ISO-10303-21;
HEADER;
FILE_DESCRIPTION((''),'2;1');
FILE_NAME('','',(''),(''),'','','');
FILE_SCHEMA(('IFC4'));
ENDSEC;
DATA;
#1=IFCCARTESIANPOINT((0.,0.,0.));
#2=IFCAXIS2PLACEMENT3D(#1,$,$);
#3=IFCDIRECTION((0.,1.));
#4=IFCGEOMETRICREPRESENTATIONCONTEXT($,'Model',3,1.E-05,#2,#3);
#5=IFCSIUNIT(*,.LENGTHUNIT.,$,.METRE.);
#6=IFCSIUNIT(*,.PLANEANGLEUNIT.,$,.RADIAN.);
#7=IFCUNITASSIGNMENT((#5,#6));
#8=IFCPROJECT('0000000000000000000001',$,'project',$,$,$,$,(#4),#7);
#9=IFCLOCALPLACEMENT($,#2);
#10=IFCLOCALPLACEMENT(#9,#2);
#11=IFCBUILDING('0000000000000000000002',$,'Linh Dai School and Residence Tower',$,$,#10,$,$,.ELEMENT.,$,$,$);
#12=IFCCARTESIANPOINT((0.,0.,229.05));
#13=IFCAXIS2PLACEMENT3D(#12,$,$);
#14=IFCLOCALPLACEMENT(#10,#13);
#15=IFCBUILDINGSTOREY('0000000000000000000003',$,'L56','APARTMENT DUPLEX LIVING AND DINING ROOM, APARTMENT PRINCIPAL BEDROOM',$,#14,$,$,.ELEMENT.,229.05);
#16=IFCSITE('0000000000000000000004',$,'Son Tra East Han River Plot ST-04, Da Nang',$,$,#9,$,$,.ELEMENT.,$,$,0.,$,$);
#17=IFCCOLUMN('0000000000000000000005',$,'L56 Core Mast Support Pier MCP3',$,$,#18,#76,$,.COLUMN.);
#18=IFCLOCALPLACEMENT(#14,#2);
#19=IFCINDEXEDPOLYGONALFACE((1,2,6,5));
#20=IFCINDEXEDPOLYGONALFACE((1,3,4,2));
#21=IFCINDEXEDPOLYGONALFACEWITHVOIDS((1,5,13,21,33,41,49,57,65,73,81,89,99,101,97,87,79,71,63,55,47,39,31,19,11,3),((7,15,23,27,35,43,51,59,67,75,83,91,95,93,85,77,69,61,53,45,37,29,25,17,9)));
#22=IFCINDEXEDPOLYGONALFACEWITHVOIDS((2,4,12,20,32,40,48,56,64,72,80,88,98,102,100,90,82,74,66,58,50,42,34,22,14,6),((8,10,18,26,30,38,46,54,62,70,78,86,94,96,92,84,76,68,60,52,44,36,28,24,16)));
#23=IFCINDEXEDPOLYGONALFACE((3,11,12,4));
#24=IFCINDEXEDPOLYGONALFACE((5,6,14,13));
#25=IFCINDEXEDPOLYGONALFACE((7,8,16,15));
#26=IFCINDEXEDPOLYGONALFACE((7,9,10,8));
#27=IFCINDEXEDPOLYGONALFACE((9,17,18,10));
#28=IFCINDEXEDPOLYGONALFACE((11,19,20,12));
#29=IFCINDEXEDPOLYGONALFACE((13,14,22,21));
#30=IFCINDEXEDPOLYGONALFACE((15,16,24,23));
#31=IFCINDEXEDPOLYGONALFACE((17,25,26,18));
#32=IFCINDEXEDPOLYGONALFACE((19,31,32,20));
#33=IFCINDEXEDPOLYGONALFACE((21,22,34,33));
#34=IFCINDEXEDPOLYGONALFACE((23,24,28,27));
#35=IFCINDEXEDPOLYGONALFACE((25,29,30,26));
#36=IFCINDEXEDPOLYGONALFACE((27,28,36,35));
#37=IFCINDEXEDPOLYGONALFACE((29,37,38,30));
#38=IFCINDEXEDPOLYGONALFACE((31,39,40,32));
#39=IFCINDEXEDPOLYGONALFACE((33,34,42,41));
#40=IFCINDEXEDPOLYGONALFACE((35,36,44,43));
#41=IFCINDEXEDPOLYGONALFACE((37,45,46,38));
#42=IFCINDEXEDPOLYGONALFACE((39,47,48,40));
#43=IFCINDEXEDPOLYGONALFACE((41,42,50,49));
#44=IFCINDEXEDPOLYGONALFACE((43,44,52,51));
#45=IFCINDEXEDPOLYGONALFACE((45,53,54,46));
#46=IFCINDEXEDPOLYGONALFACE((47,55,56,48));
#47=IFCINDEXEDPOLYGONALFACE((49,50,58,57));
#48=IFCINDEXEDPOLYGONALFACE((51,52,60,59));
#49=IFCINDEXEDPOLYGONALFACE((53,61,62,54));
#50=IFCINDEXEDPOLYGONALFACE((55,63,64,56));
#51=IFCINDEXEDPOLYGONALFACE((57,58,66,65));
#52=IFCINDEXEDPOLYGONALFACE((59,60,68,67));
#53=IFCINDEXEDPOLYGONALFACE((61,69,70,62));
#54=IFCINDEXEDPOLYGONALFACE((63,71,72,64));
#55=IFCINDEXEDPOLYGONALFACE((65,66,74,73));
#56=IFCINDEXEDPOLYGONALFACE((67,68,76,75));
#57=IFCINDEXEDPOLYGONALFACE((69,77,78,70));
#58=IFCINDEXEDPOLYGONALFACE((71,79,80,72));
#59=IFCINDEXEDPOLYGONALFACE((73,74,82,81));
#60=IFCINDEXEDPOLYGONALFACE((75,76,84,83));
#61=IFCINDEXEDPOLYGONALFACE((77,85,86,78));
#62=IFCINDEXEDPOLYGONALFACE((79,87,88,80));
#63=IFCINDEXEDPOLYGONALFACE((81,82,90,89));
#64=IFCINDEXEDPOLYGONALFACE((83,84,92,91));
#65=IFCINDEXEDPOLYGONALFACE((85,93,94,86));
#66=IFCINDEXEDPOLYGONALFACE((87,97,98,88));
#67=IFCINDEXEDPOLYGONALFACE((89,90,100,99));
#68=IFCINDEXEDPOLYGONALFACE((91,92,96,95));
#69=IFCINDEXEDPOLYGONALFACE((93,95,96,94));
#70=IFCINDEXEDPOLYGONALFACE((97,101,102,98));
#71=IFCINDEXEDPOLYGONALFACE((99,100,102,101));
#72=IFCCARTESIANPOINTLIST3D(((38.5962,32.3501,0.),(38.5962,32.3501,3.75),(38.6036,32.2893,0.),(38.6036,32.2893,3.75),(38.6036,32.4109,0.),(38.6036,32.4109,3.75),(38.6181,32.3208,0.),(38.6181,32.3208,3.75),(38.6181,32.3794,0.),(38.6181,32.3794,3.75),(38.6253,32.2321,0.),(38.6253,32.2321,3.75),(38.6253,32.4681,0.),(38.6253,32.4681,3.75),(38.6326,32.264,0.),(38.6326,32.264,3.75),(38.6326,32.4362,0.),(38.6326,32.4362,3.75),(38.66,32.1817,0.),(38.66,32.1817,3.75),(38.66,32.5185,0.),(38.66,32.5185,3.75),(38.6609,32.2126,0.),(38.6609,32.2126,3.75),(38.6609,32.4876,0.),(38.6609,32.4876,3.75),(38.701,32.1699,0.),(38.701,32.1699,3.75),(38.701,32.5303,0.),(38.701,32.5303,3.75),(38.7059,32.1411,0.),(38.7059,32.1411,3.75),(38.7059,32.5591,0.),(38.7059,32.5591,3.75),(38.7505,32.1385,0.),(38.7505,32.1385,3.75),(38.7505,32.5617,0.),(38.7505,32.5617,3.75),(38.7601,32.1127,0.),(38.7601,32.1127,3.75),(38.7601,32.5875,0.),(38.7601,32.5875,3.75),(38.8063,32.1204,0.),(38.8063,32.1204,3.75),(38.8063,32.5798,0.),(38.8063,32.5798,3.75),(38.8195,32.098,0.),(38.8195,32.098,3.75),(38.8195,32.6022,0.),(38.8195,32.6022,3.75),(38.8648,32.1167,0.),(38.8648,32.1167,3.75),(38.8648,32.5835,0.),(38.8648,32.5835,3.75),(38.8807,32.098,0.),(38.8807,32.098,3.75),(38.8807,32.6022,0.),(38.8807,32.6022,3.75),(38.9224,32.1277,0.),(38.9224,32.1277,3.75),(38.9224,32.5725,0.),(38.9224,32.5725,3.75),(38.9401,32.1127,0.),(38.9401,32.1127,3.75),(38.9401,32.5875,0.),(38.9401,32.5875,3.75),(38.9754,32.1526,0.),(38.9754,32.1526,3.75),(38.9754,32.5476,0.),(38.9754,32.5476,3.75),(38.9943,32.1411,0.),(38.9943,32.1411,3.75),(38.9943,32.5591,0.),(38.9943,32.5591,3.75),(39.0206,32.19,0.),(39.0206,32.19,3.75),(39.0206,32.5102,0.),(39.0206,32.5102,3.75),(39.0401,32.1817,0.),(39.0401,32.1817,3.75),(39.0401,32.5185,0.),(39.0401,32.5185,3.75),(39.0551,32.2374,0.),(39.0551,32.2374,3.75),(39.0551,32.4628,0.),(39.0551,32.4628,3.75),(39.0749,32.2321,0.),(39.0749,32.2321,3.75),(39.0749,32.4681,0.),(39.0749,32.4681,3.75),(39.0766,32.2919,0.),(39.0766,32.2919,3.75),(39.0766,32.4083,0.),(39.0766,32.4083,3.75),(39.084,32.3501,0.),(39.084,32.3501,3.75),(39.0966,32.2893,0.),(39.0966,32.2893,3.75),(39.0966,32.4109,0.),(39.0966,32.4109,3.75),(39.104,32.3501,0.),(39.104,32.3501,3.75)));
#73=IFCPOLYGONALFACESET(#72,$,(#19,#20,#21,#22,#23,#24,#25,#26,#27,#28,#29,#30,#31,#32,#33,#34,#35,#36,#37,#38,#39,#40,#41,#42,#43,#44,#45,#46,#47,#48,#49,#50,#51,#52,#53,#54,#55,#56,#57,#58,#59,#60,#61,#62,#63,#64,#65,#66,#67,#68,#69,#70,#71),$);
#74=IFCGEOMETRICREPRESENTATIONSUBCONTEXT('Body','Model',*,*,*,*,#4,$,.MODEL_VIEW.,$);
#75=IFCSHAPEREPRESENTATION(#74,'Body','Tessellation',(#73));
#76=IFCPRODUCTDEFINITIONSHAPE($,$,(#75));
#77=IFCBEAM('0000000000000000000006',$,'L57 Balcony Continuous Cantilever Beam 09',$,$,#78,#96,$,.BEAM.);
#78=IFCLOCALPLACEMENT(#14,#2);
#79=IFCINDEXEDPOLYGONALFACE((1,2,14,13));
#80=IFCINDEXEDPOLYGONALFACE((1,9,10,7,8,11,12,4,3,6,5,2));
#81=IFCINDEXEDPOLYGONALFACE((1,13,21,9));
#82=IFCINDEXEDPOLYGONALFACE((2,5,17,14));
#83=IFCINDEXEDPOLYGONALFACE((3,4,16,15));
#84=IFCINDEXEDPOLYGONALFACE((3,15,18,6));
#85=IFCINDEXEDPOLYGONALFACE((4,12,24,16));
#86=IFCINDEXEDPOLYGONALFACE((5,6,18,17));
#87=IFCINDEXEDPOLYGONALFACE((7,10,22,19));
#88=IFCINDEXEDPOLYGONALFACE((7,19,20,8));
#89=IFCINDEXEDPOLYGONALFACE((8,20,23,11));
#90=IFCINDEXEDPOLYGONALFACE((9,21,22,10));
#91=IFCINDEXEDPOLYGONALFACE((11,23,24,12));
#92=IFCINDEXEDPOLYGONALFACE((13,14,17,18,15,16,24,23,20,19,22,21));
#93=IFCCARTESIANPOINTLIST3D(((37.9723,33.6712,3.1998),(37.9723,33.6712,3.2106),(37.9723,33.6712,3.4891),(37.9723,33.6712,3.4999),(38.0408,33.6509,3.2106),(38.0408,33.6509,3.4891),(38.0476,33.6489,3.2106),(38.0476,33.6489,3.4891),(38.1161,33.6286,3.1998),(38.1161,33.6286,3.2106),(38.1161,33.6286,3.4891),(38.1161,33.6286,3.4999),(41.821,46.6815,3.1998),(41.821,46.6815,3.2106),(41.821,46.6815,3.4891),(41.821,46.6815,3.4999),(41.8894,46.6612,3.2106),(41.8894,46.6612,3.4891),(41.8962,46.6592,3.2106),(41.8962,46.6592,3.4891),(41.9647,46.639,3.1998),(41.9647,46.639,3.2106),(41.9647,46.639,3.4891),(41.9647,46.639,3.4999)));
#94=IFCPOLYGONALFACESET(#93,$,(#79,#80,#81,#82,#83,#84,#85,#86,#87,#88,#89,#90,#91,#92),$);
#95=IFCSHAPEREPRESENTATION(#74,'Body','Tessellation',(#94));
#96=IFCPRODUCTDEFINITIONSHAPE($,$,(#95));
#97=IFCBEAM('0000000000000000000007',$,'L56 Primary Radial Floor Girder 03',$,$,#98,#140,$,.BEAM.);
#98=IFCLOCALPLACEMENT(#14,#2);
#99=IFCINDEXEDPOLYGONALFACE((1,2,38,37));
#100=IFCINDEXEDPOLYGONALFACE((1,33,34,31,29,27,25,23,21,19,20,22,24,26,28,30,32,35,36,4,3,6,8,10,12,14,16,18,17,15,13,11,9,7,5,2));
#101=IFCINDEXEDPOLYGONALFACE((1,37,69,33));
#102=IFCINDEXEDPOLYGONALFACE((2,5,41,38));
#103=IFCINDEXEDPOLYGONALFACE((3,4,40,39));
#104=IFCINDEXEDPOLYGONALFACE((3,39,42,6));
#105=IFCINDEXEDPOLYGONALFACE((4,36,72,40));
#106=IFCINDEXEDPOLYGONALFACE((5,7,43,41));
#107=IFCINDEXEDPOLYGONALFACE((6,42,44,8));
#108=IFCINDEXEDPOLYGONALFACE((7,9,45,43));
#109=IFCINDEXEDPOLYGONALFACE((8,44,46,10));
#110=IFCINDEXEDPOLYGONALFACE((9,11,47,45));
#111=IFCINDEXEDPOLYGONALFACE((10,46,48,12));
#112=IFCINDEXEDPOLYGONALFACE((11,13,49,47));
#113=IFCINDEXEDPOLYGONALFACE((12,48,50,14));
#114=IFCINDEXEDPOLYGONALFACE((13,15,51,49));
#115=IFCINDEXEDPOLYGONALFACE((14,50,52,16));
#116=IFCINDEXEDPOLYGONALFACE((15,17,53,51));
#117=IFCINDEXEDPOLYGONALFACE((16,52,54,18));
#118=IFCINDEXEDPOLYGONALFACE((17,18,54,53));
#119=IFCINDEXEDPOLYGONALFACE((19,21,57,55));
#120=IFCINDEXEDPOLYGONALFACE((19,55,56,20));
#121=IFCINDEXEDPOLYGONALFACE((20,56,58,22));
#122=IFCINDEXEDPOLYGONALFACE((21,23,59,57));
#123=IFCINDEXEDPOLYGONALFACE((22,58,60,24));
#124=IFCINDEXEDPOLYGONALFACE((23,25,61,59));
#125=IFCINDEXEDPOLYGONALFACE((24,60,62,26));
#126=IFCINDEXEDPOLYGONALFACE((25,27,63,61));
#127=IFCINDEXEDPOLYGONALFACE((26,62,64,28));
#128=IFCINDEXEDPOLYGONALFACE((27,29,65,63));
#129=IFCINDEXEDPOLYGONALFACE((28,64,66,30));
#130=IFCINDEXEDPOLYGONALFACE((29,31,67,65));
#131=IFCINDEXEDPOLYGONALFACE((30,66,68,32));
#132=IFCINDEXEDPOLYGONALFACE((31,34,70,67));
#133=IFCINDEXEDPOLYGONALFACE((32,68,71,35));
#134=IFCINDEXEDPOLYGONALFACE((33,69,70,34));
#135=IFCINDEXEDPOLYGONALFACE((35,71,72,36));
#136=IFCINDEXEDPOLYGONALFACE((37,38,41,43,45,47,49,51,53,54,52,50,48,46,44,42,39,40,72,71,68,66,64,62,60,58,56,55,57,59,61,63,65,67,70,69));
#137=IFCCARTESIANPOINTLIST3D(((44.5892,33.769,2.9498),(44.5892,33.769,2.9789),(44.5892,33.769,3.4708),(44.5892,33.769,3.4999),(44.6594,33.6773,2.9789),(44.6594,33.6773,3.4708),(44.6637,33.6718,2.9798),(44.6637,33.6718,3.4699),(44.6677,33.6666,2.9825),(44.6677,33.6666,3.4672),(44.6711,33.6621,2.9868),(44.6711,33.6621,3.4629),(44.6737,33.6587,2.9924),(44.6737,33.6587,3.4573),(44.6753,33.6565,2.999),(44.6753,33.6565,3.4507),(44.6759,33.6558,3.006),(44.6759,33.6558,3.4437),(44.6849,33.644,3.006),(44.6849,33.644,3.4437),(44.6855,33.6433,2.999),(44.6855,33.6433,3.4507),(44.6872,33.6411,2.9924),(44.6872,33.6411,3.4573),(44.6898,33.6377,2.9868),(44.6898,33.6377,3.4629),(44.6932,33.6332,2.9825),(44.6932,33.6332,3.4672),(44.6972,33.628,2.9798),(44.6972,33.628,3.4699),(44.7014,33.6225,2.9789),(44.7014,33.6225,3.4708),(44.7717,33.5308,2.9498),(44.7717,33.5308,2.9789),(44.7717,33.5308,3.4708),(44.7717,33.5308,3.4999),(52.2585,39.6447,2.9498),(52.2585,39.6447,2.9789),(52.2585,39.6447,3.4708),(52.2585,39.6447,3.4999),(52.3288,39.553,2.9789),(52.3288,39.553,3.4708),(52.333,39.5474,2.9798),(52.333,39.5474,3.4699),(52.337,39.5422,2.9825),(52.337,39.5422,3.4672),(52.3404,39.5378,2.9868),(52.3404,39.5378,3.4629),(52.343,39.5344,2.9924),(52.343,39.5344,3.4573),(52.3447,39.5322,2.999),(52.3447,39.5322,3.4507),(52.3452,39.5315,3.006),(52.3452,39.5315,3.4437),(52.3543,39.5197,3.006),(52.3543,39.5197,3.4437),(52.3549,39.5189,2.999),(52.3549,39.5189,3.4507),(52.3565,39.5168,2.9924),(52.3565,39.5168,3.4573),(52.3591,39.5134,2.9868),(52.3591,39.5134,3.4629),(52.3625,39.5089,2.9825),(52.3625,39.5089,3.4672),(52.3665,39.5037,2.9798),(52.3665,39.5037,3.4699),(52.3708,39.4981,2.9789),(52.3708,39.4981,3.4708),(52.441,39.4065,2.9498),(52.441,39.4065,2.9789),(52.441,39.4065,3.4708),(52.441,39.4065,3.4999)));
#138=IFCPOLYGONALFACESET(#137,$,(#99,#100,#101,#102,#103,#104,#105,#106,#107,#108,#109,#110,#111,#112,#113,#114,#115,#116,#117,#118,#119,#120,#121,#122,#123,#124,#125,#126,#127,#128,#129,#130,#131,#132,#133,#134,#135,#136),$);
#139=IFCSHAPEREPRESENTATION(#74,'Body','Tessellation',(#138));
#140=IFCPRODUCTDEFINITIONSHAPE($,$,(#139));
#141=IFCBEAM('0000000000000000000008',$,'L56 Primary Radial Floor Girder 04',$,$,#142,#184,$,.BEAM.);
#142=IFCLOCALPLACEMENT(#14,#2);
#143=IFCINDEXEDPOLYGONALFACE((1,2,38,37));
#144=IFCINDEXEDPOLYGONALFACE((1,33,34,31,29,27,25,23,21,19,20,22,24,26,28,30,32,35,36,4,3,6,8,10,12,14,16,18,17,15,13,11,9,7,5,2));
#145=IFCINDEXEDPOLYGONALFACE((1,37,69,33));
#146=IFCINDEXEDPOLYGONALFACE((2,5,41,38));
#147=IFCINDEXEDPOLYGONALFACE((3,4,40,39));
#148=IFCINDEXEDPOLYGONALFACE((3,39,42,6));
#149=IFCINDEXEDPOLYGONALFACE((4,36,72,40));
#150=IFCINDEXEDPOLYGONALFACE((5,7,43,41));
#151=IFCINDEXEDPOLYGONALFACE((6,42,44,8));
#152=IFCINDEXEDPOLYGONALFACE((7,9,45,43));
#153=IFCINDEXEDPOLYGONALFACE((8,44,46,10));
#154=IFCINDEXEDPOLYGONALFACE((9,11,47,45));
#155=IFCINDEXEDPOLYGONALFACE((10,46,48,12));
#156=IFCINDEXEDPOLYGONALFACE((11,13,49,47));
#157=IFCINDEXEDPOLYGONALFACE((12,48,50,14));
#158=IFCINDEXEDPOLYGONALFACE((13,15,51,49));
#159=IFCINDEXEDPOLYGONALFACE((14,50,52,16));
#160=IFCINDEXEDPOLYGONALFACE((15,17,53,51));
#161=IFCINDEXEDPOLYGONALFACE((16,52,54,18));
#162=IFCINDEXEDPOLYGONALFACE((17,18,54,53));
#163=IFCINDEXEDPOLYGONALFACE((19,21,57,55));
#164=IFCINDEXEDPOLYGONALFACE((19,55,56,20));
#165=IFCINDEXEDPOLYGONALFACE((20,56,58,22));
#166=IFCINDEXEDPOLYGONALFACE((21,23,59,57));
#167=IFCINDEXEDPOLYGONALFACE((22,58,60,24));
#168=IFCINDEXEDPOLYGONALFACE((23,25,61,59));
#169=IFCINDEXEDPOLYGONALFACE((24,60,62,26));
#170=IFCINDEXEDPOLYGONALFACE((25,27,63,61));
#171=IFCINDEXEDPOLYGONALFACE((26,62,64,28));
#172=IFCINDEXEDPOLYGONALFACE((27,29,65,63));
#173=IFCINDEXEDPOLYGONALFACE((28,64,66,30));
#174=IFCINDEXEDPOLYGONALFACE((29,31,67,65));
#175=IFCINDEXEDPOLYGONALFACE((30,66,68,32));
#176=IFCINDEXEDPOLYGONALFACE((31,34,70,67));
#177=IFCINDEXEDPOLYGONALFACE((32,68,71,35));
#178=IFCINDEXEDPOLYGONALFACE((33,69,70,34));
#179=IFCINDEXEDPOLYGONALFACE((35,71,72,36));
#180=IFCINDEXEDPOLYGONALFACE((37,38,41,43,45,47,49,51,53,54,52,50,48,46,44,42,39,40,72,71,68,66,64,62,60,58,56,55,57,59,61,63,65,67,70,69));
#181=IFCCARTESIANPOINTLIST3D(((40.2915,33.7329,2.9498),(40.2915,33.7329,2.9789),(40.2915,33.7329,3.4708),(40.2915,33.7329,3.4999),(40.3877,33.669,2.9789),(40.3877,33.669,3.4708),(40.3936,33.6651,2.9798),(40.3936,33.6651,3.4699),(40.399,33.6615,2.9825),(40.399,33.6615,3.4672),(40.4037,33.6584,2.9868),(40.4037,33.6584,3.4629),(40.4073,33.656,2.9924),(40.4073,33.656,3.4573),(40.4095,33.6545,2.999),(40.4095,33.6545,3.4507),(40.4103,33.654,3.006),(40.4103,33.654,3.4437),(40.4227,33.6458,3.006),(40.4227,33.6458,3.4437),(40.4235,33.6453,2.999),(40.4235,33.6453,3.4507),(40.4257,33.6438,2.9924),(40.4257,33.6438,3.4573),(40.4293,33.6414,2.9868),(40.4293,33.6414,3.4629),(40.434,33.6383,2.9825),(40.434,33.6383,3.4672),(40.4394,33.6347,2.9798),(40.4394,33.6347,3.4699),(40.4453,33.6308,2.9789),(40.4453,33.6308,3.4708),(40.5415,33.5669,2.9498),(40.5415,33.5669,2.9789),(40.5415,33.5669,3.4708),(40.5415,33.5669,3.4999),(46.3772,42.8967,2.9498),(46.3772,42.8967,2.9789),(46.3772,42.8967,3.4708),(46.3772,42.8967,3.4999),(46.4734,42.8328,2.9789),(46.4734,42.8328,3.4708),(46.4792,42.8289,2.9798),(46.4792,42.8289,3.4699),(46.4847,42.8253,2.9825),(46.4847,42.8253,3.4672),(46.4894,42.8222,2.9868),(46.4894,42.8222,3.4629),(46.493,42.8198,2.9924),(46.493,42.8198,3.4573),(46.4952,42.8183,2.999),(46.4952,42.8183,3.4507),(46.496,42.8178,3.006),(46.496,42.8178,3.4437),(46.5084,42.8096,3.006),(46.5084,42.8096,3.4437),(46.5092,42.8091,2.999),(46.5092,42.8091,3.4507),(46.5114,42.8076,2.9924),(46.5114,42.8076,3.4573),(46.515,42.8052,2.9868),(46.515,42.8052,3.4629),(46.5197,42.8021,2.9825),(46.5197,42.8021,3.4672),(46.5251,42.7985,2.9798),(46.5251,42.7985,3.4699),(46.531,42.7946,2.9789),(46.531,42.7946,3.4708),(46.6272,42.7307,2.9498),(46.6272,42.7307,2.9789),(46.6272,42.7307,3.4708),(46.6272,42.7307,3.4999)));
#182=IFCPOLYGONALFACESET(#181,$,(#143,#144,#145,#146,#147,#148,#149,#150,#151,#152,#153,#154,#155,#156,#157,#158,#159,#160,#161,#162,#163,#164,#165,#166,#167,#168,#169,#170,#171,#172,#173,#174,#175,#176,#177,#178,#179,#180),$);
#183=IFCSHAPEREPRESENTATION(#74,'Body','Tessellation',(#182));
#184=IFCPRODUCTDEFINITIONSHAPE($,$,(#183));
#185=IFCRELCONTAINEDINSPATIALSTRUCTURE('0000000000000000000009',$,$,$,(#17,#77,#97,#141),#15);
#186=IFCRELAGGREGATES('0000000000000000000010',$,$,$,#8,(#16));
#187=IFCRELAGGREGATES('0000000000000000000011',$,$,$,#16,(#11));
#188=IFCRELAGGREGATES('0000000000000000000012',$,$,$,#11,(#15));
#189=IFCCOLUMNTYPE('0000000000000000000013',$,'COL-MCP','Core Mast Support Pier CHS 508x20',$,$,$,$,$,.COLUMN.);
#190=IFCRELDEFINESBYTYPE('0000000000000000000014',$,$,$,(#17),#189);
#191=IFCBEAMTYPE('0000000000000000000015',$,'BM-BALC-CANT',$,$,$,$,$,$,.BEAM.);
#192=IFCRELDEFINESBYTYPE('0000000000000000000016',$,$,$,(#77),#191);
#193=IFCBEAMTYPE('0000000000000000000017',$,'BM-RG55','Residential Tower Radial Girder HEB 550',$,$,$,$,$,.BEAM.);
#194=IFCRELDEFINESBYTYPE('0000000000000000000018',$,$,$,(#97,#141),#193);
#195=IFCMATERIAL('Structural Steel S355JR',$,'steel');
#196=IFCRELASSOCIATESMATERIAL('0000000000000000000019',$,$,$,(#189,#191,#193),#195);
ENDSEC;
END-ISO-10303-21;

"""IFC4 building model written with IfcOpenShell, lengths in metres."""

from ifc_helpers import new_model, si_unit, direction, frame, origin, origin_2d, place, context, subcontext, project, spatial, hollow_circle, i_section, extrude, material, material_profile, profile_set, type_object, element, save


model = new_model("IFC4")

# Units and contexts
model_context = context("Model", 3, precision=1e-05, world=origin(), true_north=direction((0.0, 1.0)))
body_context = subcontext(model_context, "Body", "Model", "MODEL_VIEW")
ifc_project = project(units=[si_unit("LENGTHUNIT", "METRE"), si_unit("PLANEANGLEUNIT", "RADIAN")], contexts=[model_context])

# Site, building, storey
site_placement = place(None, origin())
site = spatial("IfcSite", under=ifc_project, at=site_placement, Name="Son Tra East Han River Plot ST-04, Da Nang", CompositionType="ELEMENT", RefElevation=0.0)
building_placement = place(site_placement, origin())
building = spatial("IfcBuilding", under=site, at=building_placement, Name="Linh Dai School and Residence Tower", CompositionType="ELEMENT")
storey_placement = place(building_placement, frame((0.0, 0.0, 229.05)))
storey = spatial("IfcBuildingStorey", under=building, at=storey_placement, Name="L56", Description="APARTMENT DUPLEX LIVING AND DINING ROOM, APARTMENT PRINCIPAL BEDROOM", CompositionType="ELEMENT", Elevation=229.05)

# Column
ifc_material_1 = material(Name="Structural Steel S355JR", Category="steel")
ifc_material_profile_1 = material_profile(ifc_material_1, hollow_circle(Radius=0.2539, WallThickness=0.02, at=origin_2d()), Name="CHS 508x20")
ifc_profile_set_1 = profile_set([ifc_material_profile_1], Name="Structural Steel S355JR")
column_type_1 = type_object("IfcColumnType", Name="COL-MCP", Description="Core Mast Support Pier CHS 508x20", PredefinedType="COLUMN", material=ifc_profile_set_1)
column_placement = place(storey_placement, frame((38.8501, 32.3501, 0.0), z_axis=(0.0, 0.0, 1.0), x_axis=(1.0, 0.0, 0.0)))
element("IfcColumn", 1, at=column_placement, inside=storey, type_object=column_type_1, Name="L56 Core Mast Support Pier MCP3", PredefinedType="COLUMN", context=body_context, shape_type="SweptSolid", body=[
    extrude(hollow_circle(Radius=0.2539, WallThickness=0.02, at=origin_2d()), origin(), (0.0, 0.0, 1.0), 3.75),
])

# Beams
ifc_material_profile_2 = material_profile(ifc_material_1, i_section(OverallWidth=0.1499, OverallDepth=0.3, WebThickness=0.0071, FlangeThickness=0.0107, at=origin_2d()), Name="IPE 300")
ifc_profile_set_2 = profile_set([ifc_material_profile_2], Name="Structural Steel S355JR")
beam_type_1 = type_object("IfcBeamType", Name="BM-BALC-CANT", PredefinedType="BEAM", material=ifc_profile_set_2)
beam_1_placement = place(storey_placement, frame((38.0442, 33.6499, 3.3499), z_axis=(0.283664, 0.958924, 0.0), x_axis=(-0.958924, 0.283664, 0.0)))
element("IfcBeam", 2, at=beam_1_placement, inside=storey, type_object=beam_type_1, Name="L57 Balcony Continuous Cantilever Beam 09", PredefinedType="BEAM", context=body_context, shape_type="SweptSolid", body=[
    extrude(i_section(OverallWidth=0.1499, OverallDepth=0.3, WebThickness=0.0071, FlangeThickness=0.0107, at=origin_2d()), origin(), (0.0, 0.0, 1.0), 13.5676),
])
ifc_material_profile_3 = material_profile(ifc_material_1, i_section(OverallWidth=0.3, OverallDepth=0.55, WebThickness=0.0149, FlangeThickness=0.0291, FilletRadius=0.0271, at=origin_2d()), Name="HEB 550")
ifc_profile_set_3 = profile_set([ifc_material_profile_3], Name="Structural Steel S355JR")
beam_type_2 = type_object("IfcBeamType", Name="BM-RG55", Description="Residential Tower Radial Girder HEB 550", PredefinedType="BEAM", material=ifc_profile_set_3)
beam_2_placement = place(storey_placement, frame((44.6804, 33.6499, 3.2249), z_axis=(0.793815, 0.60816, 0.0), x_axis=(-0.60816, 0.793815, 0.0)))
element("IfcBeam", 3, at=beam_2_placement, inside=storey, type_object=beam_type_2, Name="L56 Primary Radial Floor Girder 03", PredefinedType="BEAM", context=body_context, shape_type="SweptSolid", body=[
    extrude(i_section(OverallWidth=0.3, OverallDepth=0.55, WebThickness=0.0149, FlangeThickness=0.0291, FilletRadius=0.0271, at=origin_2d()), origin(), (0.0, 0.0, 1.0), 9.6614),
])
beam_3_placement = place(storey_placement, frame((40.4165, 33.6499, 3.2249), z_axis=(0.553219, 0.833036, 0.0), x_axis=(-0.833036, 0.553219, 0.0)))
element("IfcBeam", 4, at=beam_3_placement, inside=storey, type_object=beam_type_2, Name="L56 Primary Radial Floor Girder 04", PredefinedType="BEAM", context=body_context, shape_type="SweptSolid", body=[
    extrude(i_section(OverallWidth=0.3, OverallDepth=0.55, WebThickness=0.0149, FlangeThickness=0.0291, FilletRadius=0.0271, at=origin_2d()), origin(), (0.0, 0.0, 1.0), 11.0005),
])

save(model, "model.ifc")
